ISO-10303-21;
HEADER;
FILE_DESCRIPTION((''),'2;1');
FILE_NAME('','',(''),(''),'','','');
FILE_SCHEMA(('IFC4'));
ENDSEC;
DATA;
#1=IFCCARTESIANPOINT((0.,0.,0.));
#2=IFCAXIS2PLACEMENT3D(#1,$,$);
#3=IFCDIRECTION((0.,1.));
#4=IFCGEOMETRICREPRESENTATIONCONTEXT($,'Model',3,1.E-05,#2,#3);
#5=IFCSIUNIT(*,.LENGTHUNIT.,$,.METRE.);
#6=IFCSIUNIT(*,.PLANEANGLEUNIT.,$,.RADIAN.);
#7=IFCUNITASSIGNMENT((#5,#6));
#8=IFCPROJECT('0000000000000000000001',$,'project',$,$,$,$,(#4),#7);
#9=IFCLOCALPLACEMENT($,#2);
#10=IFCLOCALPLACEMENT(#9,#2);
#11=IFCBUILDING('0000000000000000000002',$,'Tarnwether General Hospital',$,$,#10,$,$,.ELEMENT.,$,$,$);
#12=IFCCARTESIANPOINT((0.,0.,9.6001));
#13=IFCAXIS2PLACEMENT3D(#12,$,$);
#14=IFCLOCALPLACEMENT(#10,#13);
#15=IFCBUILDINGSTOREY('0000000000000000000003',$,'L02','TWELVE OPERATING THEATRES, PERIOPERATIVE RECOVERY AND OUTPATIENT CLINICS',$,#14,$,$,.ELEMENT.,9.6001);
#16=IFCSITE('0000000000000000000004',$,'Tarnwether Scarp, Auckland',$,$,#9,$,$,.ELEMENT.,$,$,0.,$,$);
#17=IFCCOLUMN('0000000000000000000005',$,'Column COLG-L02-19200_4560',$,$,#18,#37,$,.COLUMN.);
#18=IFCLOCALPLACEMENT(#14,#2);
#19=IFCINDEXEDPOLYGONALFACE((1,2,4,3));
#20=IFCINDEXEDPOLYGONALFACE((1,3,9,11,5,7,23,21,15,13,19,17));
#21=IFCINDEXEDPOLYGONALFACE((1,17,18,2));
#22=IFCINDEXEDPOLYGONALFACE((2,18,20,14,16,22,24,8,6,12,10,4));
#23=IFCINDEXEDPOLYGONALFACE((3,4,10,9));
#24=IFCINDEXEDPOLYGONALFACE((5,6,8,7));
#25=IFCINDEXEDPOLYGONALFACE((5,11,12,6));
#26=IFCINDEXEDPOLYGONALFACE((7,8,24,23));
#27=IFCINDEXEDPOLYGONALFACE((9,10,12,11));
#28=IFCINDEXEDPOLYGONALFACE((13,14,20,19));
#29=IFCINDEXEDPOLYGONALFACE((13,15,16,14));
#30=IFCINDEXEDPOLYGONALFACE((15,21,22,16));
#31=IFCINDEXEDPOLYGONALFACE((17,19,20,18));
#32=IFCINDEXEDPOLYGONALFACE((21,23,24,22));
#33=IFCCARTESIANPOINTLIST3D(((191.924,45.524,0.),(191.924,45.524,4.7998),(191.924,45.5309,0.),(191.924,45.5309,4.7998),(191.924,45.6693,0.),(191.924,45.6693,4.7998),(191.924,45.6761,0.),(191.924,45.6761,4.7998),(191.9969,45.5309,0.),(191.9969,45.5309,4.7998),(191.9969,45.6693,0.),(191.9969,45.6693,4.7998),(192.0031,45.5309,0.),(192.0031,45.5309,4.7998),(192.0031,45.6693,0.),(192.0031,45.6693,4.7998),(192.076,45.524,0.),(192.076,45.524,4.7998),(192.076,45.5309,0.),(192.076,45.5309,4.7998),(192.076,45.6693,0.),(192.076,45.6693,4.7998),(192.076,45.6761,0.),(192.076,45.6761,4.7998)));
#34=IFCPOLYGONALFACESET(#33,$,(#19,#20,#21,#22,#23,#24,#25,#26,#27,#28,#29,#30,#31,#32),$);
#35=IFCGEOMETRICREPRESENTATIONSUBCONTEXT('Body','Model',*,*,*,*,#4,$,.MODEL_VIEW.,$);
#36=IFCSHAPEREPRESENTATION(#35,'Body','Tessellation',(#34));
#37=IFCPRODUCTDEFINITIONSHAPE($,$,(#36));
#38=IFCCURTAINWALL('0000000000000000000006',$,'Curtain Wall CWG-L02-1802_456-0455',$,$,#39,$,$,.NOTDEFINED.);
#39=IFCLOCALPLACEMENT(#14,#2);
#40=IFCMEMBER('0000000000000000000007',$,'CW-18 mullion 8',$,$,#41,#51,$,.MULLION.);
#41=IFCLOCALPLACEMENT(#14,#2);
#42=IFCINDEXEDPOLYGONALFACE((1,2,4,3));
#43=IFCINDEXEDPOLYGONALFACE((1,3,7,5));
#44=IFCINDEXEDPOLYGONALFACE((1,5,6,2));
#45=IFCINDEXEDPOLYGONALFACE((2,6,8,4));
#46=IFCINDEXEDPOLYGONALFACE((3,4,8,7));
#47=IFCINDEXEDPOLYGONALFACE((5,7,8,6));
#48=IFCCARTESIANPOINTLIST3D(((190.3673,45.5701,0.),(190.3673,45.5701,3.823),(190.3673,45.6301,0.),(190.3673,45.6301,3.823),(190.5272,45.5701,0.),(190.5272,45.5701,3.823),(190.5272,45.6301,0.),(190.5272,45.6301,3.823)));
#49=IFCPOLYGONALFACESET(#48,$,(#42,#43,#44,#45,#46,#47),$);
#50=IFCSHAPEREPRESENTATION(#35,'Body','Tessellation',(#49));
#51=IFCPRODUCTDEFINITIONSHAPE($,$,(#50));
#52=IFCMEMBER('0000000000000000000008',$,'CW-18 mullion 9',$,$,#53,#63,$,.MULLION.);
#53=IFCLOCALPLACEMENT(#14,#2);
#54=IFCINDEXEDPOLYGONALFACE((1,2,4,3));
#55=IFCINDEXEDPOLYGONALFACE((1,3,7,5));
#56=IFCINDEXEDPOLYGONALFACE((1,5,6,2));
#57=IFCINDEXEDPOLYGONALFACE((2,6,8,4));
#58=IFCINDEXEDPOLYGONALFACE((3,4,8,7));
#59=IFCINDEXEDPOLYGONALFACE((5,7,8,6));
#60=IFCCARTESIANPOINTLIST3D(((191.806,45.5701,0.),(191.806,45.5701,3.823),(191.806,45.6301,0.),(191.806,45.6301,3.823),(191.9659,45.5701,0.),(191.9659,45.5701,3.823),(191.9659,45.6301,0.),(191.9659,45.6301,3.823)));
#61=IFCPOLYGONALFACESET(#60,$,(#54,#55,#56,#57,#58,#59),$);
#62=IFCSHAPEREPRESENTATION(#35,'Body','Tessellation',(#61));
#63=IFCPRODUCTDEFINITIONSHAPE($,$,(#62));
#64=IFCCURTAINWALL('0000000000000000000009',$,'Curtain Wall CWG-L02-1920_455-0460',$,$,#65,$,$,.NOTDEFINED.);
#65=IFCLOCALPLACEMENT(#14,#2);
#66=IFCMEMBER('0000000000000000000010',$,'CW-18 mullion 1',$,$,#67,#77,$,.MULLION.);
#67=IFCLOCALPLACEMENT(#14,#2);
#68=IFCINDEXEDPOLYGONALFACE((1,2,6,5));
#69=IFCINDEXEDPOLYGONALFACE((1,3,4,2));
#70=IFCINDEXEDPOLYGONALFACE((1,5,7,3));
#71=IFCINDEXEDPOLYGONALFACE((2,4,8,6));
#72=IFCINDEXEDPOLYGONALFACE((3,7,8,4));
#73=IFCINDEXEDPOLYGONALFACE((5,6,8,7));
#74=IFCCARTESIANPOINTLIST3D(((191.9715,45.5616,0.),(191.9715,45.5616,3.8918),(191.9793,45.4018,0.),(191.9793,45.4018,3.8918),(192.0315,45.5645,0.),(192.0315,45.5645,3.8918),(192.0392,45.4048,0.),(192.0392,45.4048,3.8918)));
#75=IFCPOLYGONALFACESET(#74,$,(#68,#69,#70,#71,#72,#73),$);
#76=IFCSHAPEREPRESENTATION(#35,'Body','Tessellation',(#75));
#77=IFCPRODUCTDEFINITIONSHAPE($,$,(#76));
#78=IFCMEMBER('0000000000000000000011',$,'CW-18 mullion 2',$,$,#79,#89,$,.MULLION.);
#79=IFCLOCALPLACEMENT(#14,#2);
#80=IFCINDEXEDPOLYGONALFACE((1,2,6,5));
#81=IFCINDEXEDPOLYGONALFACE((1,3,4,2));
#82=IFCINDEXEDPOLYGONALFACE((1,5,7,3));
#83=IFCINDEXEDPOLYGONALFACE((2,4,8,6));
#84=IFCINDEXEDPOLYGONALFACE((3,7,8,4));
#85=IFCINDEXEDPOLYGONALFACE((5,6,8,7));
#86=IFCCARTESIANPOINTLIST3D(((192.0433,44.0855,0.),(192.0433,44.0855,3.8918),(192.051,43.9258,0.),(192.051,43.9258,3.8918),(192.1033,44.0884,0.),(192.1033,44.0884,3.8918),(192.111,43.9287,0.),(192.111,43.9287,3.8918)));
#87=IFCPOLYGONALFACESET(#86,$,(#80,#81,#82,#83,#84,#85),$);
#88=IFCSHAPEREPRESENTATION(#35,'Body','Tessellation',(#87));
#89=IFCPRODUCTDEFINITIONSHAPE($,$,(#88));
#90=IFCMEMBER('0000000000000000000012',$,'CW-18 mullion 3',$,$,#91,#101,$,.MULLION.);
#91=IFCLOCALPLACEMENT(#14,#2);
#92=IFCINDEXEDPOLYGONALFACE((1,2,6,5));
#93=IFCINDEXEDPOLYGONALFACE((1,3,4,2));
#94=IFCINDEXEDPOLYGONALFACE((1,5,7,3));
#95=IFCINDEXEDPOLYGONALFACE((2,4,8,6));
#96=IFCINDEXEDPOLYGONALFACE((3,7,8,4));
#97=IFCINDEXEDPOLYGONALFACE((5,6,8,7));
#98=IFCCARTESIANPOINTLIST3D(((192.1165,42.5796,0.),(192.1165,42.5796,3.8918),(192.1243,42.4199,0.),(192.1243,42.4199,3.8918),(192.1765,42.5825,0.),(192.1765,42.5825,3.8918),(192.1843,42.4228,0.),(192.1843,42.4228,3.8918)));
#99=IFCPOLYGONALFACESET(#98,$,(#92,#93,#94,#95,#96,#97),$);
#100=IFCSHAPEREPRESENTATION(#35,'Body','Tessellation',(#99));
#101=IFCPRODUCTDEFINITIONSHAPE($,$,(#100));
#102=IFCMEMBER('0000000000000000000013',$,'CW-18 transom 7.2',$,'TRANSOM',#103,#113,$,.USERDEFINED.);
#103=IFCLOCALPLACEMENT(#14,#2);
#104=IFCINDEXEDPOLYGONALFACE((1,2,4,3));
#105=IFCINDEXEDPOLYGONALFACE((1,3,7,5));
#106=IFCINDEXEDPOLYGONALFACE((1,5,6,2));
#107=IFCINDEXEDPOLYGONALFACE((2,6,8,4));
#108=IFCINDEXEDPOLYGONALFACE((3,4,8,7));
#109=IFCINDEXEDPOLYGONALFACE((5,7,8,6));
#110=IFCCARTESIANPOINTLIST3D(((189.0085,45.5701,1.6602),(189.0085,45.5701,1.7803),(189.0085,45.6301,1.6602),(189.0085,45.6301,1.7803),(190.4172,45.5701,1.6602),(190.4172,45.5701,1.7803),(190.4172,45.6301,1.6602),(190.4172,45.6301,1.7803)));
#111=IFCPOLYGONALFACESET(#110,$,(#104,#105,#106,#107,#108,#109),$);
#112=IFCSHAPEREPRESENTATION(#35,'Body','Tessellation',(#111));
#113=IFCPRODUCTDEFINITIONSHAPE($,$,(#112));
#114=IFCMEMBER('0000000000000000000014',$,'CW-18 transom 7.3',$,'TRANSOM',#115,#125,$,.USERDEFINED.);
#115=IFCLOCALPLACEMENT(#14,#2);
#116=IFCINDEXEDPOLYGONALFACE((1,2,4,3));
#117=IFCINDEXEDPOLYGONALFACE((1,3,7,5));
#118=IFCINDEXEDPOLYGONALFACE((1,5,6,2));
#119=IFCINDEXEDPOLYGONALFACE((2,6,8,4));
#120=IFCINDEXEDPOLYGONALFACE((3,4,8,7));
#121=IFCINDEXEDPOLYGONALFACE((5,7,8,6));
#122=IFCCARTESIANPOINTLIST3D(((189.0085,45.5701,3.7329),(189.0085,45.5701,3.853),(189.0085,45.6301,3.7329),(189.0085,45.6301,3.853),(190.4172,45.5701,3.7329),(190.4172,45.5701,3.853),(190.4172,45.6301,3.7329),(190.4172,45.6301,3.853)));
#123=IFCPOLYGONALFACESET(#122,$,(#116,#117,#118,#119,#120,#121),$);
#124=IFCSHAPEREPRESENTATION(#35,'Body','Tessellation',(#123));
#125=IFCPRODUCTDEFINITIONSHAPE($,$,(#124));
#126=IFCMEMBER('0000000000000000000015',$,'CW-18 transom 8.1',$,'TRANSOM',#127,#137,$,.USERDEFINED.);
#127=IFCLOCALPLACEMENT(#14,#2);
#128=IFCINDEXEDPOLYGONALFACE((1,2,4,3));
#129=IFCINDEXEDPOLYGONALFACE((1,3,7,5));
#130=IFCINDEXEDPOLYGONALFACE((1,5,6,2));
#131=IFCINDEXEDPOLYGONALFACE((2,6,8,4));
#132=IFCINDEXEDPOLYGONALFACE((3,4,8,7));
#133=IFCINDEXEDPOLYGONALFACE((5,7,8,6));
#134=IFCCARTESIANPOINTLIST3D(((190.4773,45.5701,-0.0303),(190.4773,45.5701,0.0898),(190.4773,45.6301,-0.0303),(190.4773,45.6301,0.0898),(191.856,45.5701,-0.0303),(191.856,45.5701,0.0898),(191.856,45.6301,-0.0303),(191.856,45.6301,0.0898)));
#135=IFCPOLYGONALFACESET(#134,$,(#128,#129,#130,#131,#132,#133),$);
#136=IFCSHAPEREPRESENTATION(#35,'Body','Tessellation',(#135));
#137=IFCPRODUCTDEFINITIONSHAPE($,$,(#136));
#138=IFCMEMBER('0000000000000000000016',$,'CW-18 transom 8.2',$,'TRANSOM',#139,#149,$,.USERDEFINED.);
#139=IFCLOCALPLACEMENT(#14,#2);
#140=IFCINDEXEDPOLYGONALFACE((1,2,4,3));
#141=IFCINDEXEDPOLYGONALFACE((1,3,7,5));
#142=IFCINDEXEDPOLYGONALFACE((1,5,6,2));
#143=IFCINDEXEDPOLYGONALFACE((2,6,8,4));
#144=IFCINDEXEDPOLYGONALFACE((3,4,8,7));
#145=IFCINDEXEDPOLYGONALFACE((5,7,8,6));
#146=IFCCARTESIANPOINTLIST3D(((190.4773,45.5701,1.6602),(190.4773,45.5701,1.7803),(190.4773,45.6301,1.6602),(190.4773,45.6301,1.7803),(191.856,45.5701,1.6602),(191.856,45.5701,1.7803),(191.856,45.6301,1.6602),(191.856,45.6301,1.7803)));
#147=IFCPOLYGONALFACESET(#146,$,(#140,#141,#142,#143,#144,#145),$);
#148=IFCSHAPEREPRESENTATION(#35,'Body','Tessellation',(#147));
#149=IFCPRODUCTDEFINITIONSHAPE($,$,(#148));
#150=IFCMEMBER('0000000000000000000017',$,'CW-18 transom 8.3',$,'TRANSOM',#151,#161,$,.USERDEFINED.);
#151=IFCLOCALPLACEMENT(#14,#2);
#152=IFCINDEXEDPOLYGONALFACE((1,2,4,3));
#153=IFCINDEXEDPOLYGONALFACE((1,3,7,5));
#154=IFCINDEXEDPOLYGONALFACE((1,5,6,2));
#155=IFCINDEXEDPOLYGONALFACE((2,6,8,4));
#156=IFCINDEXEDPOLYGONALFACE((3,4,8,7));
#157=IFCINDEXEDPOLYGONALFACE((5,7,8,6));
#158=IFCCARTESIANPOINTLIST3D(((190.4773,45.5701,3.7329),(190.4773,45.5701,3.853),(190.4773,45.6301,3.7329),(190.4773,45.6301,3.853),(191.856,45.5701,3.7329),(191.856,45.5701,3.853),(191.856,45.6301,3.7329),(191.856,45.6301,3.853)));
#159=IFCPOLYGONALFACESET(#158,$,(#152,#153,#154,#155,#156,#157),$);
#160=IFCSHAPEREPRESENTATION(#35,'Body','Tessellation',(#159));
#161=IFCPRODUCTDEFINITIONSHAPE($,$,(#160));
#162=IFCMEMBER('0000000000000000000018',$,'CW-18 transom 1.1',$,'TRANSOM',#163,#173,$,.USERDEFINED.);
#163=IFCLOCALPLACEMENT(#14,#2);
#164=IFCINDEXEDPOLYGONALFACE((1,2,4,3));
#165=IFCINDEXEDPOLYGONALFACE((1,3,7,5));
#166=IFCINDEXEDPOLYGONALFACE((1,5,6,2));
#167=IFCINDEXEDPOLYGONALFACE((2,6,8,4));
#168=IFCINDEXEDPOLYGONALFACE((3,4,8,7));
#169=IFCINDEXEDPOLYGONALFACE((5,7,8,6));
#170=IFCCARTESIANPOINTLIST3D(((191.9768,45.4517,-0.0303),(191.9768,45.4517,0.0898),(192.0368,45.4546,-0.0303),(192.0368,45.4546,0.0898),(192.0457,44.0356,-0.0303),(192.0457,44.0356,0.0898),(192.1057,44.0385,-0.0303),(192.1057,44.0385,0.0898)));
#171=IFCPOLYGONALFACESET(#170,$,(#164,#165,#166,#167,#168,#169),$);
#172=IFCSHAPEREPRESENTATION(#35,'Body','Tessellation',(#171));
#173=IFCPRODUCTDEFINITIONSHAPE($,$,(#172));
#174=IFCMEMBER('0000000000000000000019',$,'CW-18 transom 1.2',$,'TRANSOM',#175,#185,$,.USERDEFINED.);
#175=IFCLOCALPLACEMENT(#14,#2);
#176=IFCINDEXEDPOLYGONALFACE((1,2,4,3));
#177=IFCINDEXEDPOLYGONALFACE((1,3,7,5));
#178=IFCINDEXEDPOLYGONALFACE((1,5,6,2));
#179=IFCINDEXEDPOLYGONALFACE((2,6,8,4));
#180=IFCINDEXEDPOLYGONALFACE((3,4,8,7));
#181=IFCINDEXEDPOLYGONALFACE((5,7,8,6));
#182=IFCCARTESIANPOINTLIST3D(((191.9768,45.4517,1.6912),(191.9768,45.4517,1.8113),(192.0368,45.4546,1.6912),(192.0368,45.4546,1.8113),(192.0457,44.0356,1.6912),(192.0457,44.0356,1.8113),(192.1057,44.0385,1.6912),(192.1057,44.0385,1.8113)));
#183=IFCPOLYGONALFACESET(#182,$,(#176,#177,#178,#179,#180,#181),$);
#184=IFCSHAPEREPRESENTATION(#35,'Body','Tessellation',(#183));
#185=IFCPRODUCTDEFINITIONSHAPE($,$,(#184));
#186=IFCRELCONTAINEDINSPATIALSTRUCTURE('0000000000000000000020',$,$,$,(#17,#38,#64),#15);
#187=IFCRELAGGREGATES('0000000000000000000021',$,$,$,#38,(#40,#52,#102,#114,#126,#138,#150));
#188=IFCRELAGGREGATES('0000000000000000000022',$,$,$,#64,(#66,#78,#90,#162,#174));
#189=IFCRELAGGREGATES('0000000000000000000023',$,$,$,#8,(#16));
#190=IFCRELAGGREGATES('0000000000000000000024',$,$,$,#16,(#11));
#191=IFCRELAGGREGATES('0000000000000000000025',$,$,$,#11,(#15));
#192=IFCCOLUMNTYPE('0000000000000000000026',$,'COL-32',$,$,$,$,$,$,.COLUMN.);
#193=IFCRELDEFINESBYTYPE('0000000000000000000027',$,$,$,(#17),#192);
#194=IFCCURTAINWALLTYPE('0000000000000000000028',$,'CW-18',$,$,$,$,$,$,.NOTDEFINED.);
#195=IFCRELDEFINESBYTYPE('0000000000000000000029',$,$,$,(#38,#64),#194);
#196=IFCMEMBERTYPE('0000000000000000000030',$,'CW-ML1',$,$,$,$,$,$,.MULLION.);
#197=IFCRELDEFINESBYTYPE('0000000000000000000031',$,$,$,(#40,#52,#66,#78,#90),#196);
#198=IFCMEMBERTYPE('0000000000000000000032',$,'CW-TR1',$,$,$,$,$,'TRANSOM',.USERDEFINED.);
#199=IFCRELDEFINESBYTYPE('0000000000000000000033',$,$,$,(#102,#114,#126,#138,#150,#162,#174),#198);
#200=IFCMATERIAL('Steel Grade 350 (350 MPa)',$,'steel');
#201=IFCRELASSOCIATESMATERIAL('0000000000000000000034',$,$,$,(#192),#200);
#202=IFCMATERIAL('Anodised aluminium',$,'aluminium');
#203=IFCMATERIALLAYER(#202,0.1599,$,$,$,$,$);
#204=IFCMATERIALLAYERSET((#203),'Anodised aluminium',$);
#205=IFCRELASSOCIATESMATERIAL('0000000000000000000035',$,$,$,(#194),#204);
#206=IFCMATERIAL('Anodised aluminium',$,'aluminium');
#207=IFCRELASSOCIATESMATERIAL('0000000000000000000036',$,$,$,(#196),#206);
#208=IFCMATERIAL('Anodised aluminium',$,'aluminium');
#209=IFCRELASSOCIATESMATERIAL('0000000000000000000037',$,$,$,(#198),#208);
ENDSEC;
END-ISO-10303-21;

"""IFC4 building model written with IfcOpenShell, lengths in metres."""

from ifc_helpers import new_model, si_unit, direction, frame, origin, origin_2d, place, context, subcontext, project, spatial, rectangle, i_section, extrude, material, layer, layer_set, material_profile, profile_set, type_object, element, aggregate, save


model = new_model("IFC4")

# Units and contexts
model_context = context("Model", 3, precision=1e-05, world=origin(), true_north=direction((0.0, 1.0)))
body_context = subcontext(model_context, "Body", "Model", "MODEL_VIEW")
ifc_project = project(units=[si_unit("LENGTHUNIT", "METRE"), si_unit("PLANEANGLEUNIT", "RADIAN")], contexts=[model_context])

# Site, building, storey
site_placement = place(None, origin())
site = spatial("IfcSite", under=ifc_project, at=site_placement, Name="Tarnwether Scarp, Auckland", CompositionType="ELEMENT", RefElevation=0.0)
building_placement = place(site_placement, origin())
building = spatial("IfcBuilding", under=site, at=building_placement, Name="Tarnwether General Hospital", CompositionType="ELEMENT")
storey_placement = place(building_placement, frame((0.0, 0.0, 9.6001)))
storey = spatial("IfcBuildingStorey", under=building, at=storey_placement, Name="L02", Description="TWELVE OPERATING THEATRES, PERIOPERATIVE RECOVERY AND OUTPATIENT CLINICS", CompositionType="ELEMENT", Elevation=9.6001)

# Column
ifc_material_1 = material(Name="Steel Grade 350 (350 MPa)", Category="steel")
ifc_material_profile_1 = material_profile(ifc_material_1, i_section(OverallWidth=0.1521, OverallDepth=0.1521, WebThickness=0.0061, FlangeThickness=0.0068, at=origin_2d()), Name="150UC23.4")
ifc_profile_set_1 = profile_set([ifc_material_profile_1], Name="Steel Grade 350 (350 MPa)")
column_type = type_object("IfcColumnType", Name="COL-32", PredefinedType="COLUMN", material=ifc_profile_set_1)
column_placement = place(storey_placement, frame((192.0, 45.6001, 0.0), z_axis=(0.0, 0.0, 1.0), x_axis=(1.0, 0.0, 0.0)))
element("IfcColumn", 1, at=column_placement, inside=storey, type_object=column_type, Name="Column COLG-L02-19200_4560", PredefinedType="COLUMN", context=body_context, shape_type="SweptSolid", body=[
    extrude(i_section(OverallWidth=0.1521, OverallDepth=0.1521, WebThickness=0.0061, FlangeThickness=0.0068, at=origin_2d()), origin(), (0.0, 0.0, 1.0), 4.7998),
])

# Curtain walls, members
ifc_material_2 = material(Name="Anodised aluminium", Category="aluminium")
ifc_layer_1 = layer(ifc_material_2, 0.1599)
ifc_layer_set_1 = layer_set([ifc_layer_1], Name="Anodised aluminium")
curtain_wall_type = type_object("IfcCurtainWallType", Name="CW-18", PredefinedType="NOTDEFINED", material=ifc_layer_set_1)
curtain_wall_1_placement = place(storey_placement, origin())
curtain_wall_1 = element("IfcCurtainWall", 2, at=curtain_wall_1_placement, inside=storey, type_object=curtain_wall_type, Name="Curtain Wall CWG-L02-1802_456-0455", PredefinedType="NOTDEFINED")
ifc_material_3 = material(Name="Anodised aluminium", Category="aluminium")
ifc_material_profile_2 = material_profile(ifc_material_3, rectangle(XDim=0.0601, YDim=0.1599, at=origin_2d()), Name="ALU-MUL-60x160")
ifc_profile_set_2 = profile_set([ifc_material_profile_2], Name="Anodised aluminium")
member_type_1 = type_object("IfcMemberType", Name="CW-ML1", PredefinedType="MULLION", material=ifc_profile_set_2)
member_1_placement = place(storey_placement, frame((190.4473, 45.6001, 0.0), z_axis=(0.0, 0.0, 1.0), x_axis=(0.0, 1.0, 0.0)))
member_1 = element("IfcMember", 3, at=member_1_placement, type_object=member_type_1, Name="CW-18 mullion 8", PredefinedType="MULLION", context=body_context, shape_type="SweptSolid", body=[
    extrude(rectangle(XDim=0.0601, YDim=0.1599, at=origin_2d()), origin(), (0.0, 0.0, 1.0), 3.823),
])
member_2_placement = place(storey_placement, frame((191.886, 45.6001, 0.0), z_axis=(0.0, 0.0, 1.0), x_axis=(0.0, 1.0, 0.0)))
member_2 = element("IfcMember", 4, at=member_2_placement, type_object=member_type_1, Name="CW-18 mullion 9", PredefinedType="MULLION", context=body_context, shape_type="SweptSolid", body=[
    extrude(rectangle(XDim=0.0601, YDim=0.1599, at=origin_2d()), origin(), (0.0, 0.0, 1.0), 3.823),
])
curtain_wall_2_placement = place(storey_placement, origin())
curtain_wall_2 = element("IfcCurtainWall", 5, at=curtain_wall_2_placement, inside=storey, type_object=curtain_wall_type, Name="Curtain Wall CWG-L02-1920_455-0460", PredefinedType="NOTDEFINED")
member_3_placement = place(storey_placement, frame((192.0054, 45.4832, 0.0), z_axis=(0.0, 0.0, 1.0), x_axis=(0.99882, 0.04856, 0.0)))
member_3 = element("IfcMember", 6, at=member_3_placement, type_object=member_type_1, Name="CW-18 mullion 1", PredefinedType="MULLION", context=body_context, shape_type="SweptSolid", body=[
    extrude(rectangle(XDim=0.0601, YDim=0.1599, at=origin_2d()), origin(), (0.0, 0.0, 1.0), 3.8918),
])
member_4_placement = place(storey_placement, frame((192.0771, 44.0071, 0.0), z_axis=(0.0, 0.0, 1.0), x_axis=(0.99882, 0.04856, 0.0)))
member_4 = element("IfcMember", 7, at=member_4_placement, type_object=member_type_1, Name="CW-18 mullion 2", PredefinedType="MULLION", context=body_context, shape_type="SweptSolid", body=[
    extrude(rectangle(XDim=0.0601, YDim=0.1599, at=origin_2d()), origin(), (0.0, 0.0, 1.0), 3.8918),
])
member_5_placement = place(storey_placement, frame((192.1504, 42.5012, 0.0), z_axis=(0.0, 0.0, 1.0), x_axis=(0.99882, 0.04856, 0.0)))
member_5 = element("IfcMember", 8, at=member_5_placement, type_object=member_type_1, Name="CW-18 mullion 3", PredefinedType="MULLION", context=body_context, shape_type="SweptSolid", body=[
    extrude(rectangle(XDim=0.0601, YDim=0.1599, at=origin_2d()), origin(), (0.0, 0.0, 1.0), 3.8918),
])

# Members
ifc_material_4 = material(Name="Anodised aluminium", Category="aluminium")
ifc_material_profile_3 = material_profile(ifc_material_4, rectangle(XDim=0.0601, YDim=0.1201, at=origin_2d()), Name="ALU-TRN-60x120")
ifc_profile_set_3 = profile_set([ifc_material_profile_3], Name="Anodised aluminium")
member_type_2 = type_object("IfcMemberType", Name="CW-TR1", ElementType="TRANSOM", PredefinedType="USERDEFINED", material=ifc_profile_set_3)
member_6_placement = place(storey_placement, frame((189.0085, 45.6001, 1.7202), z_axis=(1.0, 0.0, 0.0), x_axis=(0.0, 1.0, 0.0)))
member_6 = element("IfcMember", 9, at=member_6_placement, type_object=member_type_2, Name="CW-18 transom 7.2", ObjectType="TRANSOM", PredefinedType="USERDEFINED", context=body_context, shape_type="SweptSolid", body=[
    extrude(rectangle(XDim=0.0601, YDim=0.1201, at=origin_2d()), origin(), (0.0, 0.0, 1.0), 1.4087),
])
member_7_placement = place(storey_placement, frame((189.0085, 45.6001, 3.793), z_axis=(1.0, 0.0, 0.0), x_axis=(0.0, 1.0, 0.0)))
member_7 = element("IfcMember", 10, at=member_7_placement, type_object=member_type_2, Name="CW-18 transom 7.3", ObjectType="TRANSOM", PredefinedType="USERDEFINED", context=body_context, shape_type="SweptSolid", body=[
    extrude(rectangle(XDim=0.0601, YDim=0.1201, at=origin_2d()), origin(), (0.0, 0.0, 1.0), 1.4087),
])
member_8_placement = place(storey_placement, frame((190.4773, 45.6001, 0.0298), z_axis=(1.0, 0.0, 0.0), x_axis=(0.0, 1.0, 0.0)))
member_8 = element("IfcMember", 11, at=member_8_placement, type_object=member_type_2, Name="CW-18 transom 8.1", ObjectType="TRANSOM", PredefinedType="USERDEFINED", context=body_context, shape_type="SweptSolid", body=[
    extrude(rectangle(XDim=0.0601, YDim=0.1201, at=origin_2d()), origin(), (0.0, 0.0, 1.0), 1.3787),
])
member_9_placement = place(storey_placement, frame((190.4773, 45.6001, 1.7202), z_axis=(1.0, 0.0, 0.0), x_axis=(0.0, 1.0, 0.0)))
member_9 = element("IfcMember", 12, at=member_9_placement, type_object=member_type_2, Name="CW-18 transom 8.2", ObjectType="TRANSOM", PredefinedType="USERDEFINED", context=body_context, shape_type="SweptSolid", body=[
    extrude(rectangle(XDim=0.0601, YDim=0.1201, at=origin_2d()), origin(), (0.0, 0.0, 1.0), 1.3787),
])
member_10_placement = place(storey_placement, frame((190.4773, 45.6001, 3.793), z_axis=(1.0, 0.0, 0.0), x_axis=(0.0, 1.0, 0.0)))
member_10 = element("IfcMember", 13, at=member_10_placement, type_object=member_type_2, Name="CW-18 transom 8.3", ObjectType="TRANSOM", PredefinedType="USERDEFINED", context=body_context, shape_type="SweptSolid", body=[
    extrude(rectangle(XDim=0.0601, YDim=0.1201, at=origin_2d()), origin(), (0.0, 0.0, 1.0), 1.3787),
])
member_11_placement = place(storey_placement, frame((192.0068, 45.4531, 0.0298), z_axis=(0.048563, -0.99882, 0.0), x_axis=(0.99882, 0.048563, 0.0)))
member_11 = element("IfcMember", 14, at=member_11_placement, type_object=member_type_2, Name="CW-18 transom 1.1", ObjectType="TRANSOM", PredefinedType="USERDEFINED", context=body_context, shape_type="SweptSolid", body=[
    extrude(rectangle(XDim=0.0601, YDim=0.1201, at=origin_2d()), origin(), (0.0, 0.0, 1.0), 1.4177),
])
member_12_placement = place(storey_placement, frame((192.0068, 45.4531, 1.7512), z_axis=(0.048563, -0.99882, 0.0), x_axis=(0.99882, 0.048563, 0.0)))
member_12 = element("IfcMember", 15, at=member_12_placement, type_object=member_type_2, Name="CW-18 transom 1.2", ObjectType="TRANSOM", PredefinedType="USERDEFINED", context=body_context, shape_type="SweptSolid", body=[
    extrude(rectangle(XDim=0.0601, YDim=0.1201, at=origin_2d()), origin(), (0.0, 0.0, 1.0), 1.4177),
])

aggregate(curtain_wall_1, [member_1, member_2, member_6, member_7, member_8, member_9, member_10])
aggregate(curtain_wall_2, [member_3, member_4, member_5, member_11, member_12])

save(model, "model.ifc")
